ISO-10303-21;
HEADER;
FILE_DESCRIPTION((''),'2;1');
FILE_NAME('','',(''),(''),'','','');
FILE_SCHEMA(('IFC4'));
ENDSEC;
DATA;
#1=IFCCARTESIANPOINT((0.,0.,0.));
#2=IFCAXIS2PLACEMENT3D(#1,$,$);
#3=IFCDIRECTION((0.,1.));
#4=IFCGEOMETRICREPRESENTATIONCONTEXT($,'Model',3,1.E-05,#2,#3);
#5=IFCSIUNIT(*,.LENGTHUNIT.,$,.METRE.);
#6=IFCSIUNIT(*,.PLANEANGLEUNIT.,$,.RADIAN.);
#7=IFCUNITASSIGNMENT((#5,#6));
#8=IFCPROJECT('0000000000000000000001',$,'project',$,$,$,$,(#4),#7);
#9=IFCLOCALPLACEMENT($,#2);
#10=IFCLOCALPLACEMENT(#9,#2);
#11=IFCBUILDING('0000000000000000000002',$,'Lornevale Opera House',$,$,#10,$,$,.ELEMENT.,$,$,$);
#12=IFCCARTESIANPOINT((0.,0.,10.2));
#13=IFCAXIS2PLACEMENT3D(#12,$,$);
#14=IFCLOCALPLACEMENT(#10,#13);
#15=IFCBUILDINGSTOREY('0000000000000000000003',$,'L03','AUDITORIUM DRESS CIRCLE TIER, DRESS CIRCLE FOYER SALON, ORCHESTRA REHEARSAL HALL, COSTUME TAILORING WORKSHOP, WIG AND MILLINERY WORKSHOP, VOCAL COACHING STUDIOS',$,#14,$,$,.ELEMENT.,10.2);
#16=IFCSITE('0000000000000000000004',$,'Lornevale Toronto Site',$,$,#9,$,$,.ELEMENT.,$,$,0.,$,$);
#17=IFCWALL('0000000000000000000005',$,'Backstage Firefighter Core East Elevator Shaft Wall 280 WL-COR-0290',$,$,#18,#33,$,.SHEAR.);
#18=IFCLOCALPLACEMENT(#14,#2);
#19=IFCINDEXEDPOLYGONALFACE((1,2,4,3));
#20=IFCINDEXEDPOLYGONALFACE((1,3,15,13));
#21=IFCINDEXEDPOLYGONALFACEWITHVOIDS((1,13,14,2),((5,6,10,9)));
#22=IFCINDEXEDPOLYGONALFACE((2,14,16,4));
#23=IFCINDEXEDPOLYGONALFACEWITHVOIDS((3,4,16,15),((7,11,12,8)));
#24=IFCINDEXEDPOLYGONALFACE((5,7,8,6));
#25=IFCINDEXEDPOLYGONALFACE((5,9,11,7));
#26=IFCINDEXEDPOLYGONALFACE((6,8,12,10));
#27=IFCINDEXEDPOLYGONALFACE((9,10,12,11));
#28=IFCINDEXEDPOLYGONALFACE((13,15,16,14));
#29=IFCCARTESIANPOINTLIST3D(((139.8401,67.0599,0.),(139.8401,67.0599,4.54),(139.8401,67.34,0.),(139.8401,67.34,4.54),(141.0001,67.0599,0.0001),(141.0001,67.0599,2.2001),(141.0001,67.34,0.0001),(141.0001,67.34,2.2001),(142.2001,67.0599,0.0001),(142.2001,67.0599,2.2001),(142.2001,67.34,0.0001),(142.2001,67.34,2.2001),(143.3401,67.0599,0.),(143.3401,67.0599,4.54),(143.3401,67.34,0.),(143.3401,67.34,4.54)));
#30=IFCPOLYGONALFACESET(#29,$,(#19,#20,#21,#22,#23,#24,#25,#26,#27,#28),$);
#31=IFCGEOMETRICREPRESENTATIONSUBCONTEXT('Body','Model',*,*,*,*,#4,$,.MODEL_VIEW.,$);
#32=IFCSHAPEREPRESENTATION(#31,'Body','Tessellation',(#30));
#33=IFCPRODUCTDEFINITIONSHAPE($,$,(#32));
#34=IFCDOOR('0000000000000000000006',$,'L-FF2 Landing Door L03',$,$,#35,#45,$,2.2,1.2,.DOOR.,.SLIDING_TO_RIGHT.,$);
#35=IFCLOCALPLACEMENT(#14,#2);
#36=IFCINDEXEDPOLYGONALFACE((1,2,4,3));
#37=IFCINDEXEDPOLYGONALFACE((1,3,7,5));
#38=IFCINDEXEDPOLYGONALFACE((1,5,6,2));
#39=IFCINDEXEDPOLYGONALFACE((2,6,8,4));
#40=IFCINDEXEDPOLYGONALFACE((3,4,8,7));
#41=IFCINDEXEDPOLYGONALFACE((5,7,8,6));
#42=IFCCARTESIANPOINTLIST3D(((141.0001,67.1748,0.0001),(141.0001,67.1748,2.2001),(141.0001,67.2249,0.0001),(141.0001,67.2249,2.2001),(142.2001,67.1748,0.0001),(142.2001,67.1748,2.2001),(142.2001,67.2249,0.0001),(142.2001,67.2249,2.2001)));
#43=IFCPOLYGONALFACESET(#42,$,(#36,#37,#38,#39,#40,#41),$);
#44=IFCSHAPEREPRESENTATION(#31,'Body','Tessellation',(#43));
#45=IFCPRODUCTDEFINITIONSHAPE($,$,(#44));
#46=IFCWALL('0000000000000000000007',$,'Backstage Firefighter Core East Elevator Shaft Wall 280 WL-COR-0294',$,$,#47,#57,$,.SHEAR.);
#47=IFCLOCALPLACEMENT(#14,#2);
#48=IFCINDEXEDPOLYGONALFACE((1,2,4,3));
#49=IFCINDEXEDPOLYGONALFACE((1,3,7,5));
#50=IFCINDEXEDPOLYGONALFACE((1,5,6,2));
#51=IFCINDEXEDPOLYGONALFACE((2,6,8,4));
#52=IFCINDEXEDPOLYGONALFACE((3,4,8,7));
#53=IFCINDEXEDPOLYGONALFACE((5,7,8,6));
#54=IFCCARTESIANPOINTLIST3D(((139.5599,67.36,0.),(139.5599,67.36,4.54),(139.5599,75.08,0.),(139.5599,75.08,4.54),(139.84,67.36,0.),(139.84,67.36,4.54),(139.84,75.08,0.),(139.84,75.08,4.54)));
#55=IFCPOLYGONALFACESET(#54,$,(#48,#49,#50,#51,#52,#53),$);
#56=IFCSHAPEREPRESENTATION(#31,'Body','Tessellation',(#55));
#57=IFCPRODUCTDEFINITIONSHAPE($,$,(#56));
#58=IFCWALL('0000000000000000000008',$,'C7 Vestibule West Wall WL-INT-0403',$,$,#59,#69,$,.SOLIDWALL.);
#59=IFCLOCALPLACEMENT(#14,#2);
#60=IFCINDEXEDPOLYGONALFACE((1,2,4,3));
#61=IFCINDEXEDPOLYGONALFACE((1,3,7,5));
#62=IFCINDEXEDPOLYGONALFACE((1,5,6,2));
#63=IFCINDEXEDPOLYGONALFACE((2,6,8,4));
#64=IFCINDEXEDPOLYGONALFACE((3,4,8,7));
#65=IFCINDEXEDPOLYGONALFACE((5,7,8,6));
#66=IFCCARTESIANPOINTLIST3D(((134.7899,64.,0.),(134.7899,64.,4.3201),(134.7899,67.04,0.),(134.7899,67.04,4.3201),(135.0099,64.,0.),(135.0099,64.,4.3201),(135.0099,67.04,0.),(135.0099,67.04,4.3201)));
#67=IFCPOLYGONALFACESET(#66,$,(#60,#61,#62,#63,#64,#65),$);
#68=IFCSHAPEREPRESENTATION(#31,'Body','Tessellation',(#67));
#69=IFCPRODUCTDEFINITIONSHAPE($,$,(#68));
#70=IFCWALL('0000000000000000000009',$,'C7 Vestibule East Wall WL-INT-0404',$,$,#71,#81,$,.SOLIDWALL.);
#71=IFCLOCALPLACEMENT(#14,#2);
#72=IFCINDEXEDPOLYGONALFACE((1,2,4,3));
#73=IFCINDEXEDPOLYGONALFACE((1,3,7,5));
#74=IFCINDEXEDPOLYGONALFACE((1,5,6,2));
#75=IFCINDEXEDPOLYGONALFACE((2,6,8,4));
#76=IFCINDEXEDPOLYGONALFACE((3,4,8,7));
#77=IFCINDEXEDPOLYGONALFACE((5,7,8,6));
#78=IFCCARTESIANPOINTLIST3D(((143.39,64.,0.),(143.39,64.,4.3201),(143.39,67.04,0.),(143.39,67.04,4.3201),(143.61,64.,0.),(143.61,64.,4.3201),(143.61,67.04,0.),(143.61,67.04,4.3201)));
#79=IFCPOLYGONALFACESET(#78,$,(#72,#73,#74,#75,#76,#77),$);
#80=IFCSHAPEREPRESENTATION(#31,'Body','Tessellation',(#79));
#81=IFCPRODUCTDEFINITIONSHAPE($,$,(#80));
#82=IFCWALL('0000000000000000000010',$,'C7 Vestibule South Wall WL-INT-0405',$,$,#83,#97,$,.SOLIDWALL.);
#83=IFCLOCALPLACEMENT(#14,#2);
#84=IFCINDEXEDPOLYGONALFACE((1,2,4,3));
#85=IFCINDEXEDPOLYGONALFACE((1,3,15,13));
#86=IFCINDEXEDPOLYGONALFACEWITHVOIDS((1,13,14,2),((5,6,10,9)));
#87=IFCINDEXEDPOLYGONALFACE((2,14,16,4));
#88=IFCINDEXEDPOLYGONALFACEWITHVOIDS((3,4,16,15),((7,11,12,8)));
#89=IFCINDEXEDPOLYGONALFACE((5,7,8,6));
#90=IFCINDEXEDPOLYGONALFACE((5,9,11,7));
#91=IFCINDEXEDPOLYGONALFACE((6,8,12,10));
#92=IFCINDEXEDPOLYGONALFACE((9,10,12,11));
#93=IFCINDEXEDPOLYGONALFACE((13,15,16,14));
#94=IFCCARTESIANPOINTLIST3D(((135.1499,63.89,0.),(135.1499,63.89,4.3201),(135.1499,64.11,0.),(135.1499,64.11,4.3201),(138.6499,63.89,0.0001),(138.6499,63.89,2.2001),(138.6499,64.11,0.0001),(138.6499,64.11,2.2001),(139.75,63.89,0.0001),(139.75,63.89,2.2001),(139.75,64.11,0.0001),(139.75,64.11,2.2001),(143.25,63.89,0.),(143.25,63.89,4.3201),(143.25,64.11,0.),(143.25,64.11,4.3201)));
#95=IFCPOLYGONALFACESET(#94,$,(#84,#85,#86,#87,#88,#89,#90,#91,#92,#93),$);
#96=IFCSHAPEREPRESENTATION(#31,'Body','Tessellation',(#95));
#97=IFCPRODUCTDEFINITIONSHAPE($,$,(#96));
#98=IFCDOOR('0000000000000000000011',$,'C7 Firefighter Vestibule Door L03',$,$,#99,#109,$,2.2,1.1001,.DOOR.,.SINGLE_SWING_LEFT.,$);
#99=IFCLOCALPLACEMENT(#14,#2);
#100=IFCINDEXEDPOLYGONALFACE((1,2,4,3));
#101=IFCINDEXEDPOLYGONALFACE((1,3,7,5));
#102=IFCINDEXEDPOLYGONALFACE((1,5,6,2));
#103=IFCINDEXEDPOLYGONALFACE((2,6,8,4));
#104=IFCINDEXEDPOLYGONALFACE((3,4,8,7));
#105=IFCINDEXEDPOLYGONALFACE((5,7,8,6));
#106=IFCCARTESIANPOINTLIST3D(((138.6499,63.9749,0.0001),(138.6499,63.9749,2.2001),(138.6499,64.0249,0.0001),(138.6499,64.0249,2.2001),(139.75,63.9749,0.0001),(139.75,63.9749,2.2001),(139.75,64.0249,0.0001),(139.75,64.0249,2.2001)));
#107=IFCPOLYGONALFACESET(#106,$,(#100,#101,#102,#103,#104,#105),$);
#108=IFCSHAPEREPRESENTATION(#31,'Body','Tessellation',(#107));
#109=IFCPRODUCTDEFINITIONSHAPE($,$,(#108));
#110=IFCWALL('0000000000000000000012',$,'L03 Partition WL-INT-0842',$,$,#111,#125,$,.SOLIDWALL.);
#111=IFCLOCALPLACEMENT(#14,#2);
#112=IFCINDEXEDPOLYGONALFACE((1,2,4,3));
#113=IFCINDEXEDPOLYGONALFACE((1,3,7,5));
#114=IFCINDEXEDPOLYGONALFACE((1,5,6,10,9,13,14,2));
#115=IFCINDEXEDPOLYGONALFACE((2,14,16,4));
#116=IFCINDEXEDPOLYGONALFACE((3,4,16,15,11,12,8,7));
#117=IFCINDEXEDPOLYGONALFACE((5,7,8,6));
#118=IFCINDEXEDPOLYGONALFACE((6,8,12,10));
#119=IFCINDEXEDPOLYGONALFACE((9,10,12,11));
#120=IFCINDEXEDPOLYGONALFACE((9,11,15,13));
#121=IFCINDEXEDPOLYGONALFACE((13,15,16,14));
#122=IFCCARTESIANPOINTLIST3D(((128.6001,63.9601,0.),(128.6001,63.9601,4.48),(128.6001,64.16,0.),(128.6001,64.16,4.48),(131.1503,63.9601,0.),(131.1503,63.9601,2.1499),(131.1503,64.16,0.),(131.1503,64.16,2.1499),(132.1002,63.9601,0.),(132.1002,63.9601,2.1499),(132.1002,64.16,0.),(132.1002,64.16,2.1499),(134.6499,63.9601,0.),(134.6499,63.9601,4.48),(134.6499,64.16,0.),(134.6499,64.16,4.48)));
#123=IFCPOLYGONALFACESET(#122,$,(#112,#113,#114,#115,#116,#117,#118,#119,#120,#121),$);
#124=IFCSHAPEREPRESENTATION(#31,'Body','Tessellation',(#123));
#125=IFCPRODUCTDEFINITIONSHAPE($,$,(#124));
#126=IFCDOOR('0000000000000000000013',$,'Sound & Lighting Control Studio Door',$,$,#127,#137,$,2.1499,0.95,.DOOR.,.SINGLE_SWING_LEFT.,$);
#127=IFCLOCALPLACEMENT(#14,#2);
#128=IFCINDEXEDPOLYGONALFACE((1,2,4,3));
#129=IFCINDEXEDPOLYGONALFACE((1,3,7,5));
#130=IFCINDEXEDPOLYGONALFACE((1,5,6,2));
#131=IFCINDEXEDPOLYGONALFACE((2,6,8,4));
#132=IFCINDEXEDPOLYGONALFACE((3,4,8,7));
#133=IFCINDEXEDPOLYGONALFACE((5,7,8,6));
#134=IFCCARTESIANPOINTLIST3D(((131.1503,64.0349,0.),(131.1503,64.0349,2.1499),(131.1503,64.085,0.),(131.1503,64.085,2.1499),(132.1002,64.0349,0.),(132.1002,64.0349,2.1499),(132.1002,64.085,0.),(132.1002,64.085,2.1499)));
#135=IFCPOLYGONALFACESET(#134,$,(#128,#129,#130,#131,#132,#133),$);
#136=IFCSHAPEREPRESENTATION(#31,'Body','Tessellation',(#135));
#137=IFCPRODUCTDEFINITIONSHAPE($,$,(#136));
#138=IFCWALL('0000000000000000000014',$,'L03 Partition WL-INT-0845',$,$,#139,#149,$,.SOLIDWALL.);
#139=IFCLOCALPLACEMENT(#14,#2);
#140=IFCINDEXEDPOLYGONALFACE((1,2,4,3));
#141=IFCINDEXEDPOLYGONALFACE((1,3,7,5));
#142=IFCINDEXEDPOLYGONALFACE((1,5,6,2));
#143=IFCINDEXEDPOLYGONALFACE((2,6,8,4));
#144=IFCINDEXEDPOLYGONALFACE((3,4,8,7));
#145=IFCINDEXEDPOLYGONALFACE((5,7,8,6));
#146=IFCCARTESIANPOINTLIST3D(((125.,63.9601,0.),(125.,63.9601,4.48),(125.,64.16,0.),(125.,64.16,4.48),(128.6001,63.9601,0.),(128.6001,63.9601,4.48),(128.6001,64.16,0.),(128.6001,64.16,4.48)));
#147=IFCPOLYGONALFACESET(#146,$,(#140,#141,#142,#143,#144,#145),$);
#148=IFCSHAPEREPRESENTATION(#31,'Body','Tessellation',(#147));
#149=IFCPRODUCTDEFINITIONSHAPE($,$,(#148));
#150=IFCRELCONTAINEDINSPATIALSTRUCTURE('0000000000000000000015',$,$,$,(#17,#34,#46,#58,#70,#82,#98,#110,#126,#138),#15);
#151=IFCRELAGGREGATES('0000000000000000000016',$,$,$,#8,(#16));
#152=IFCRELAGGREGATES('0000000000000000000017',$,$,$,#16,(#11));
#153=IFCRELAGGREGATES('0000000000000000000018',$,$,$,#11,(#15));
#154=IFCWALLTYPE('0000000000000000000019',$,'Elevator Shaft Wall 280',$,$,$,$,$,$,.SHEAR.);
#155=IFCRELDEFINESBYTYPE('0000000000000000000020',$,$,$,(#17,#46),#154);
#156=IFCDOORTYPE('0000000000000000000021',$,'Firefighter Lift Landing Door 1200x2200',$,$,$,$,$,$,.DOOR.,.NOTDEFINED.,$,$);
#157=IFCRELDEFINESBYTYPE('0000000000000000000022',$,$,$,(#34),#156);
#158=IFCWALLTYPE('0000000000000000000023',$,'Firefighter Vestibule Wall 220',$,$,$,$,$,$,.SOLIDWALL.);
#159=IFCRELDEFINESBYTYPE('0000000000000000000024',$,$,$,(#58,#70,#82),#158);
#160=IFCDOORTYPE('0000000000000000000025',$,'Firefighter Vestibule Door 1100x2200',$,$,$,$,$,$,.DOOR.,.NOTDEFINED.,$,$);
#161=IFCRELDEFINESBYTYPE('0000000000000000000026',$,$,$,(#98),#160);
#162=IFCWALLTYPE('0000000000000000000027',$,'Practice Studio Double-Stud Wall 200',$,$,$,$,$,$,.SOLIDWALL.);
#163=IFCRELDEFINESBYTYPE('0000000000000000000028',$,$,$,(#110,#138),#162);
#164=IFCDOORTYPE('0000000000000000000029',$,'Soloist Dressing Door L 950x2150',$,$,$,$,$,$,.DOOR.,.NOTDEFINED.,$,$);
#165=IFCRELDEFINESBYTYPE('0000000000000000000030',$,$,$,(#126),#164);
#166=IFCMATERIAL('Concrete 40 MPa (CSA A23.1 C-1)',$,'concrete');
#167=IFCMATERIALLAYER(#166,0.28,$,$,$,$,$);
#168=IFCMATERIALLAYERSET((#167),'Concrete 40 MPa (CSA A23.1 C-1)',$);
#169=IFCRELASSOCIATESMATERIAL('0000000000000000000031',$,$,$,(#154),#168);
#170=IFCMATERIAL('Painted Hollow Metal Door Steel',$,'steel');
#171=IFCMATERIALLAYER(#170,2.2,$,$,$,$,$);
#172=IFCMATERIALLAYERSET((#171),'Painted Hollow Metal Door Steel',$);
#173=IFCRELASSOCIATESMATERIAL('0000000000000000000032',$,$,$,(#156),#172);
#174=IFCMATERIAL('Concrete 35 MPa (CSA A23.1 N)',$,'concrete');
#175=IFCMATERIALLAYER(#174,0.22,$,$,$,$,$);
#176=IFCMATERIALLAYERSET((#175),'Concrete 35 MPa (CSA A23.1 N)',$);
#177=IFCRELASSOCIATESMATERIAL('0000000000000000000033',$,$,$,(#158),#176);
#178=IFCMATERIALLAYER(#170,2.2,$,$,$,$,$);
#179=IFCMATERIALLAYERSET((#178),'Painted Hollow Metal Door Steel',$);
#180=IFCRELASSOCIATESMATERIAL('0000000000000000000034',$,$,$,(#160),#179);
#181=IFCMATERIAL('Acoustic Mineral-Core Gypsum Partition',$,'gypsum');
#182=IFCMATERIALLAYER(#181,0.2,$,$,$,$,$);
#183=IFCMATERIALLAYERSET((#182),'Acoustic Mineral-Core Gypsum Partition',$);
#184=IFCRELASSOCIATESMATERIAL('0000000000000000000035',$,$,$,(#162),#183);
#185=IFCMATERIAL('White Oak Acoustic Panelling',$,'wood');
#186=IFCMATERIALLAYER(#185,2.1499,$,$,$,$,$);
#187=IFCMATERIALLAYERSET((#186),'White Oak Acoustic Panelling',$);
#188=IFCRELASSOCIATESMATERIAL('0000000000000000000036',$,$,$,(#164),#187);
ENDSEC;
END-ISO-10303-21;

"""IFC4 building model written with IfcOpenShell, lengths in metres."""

from ifc_helpers import new_model, si_unit, direction, frame, frame_2d, origin, place, context, subcontext, project, spatial, rectangle, extrude, material, layer, layer_set, type_object, element, fill, save


model = new_model("IFC4")

# Units and contexts
model_context = context("Model", 3, precision=1e-05, world=origin(), true_north=direction((0.0, 1.0)))
body_context = subcontext(model_context, "Body", "Model", "MODEL_VIEW")
ifc_project = project(units=[si_unit("LENGTHUNIT", "METRE"), si_unit("PLANEANGLEUNIT", "RADIAN")], contexts=[model_context])

# Site, building, storey
site_placement = place(None, origin())
site = spatial("IfcSite", under=ifc_project, at=site_placement, Name="Lornevale Toronto Site", CompositionType="ELEMENT", RefElevation=0.0)
building_placement = place(site_placement, origin())
building = spatial("IfcBuilding", under=site, at=building_placement, Name="Lornevale Opera House", CompositionType="ELEMENT")
storey_placement = place(building_placement, frame((0.0, 0.0, 10.2)))
storey = spatial("IfcBuildingStorey", under=building, at=storey_placement, Name="L03", Description="AUDITORIUM DRESS CIRCLE TIER, DRESS CIRCLE FOYER SALON, ORCHESTRA REHEARSAL HALL, COSTUME TAILORING WORKSHOP, WIG AND MILLINERY WORKSHOP, VOCAL COACHING STUDIOS", CompositionType="ELEMENT", Elevation=10.2)

# Shared definitions
ifc_material_1 = material(Name="Concrete 40 MPa (CSA A23.1 C-1)", Category="concrete")

# Shared definitions
ifc_material_2 = material(Name="Concrete 35 MPa (CSA A23.1 N)", Category="concrete")

# Shared definitions
ifc_material_3 = material(Name="Painted Hollow Metal Door Steel", Category="steel")

# Shared definitions
ifc_material_4 = material(Name="Acoustic Mineral-Core Gypsum Partition", Category="gypsum")

# Wall, opening, door
ifc_layer_1 = layer(ifc_material_1, 0.28)
ifc_layer_set_1 = layer_set([ifc_layer_1], Name="Concrete 40 MPa (CSA A23.1 C-1)")
wall_type_1 = type_object("IfcWallType", Name="Elevator Shaft Wall 280", PredefinedType="SHEAR", material=ifc_layer_set_1)
wall_1_placement = place(storey_placement, frame((139.8401, 67.2, 0.0), z_axis=(0.0, 0.0, 1.0), x_axis=(1.0, 0.0, 0.0)))
wall_1 = element("IfcWall", 1, at=wall_1_placement, inside=storey, type_object=wall_type_1, Name="Backstage Firefighter Core East Elevator Shaft Wall 280 WL-COR-0290", PredefinedType="SHEAR", context=body_context, shape_type="SweptSolid", body=[
    extrude(rectangle(XDim=3.5, YDim=0.28, at=frame_2d((1.75, 0.0))), origin(), (0.0, 0.0, 1.0), 4.54),
])
opening_1_placement = place(wall_1_placement, frame((1.1599, 0.0, 0.0)))
opening_1 = element("IfcOpeningElement", 2, at=opening_1_placement, cuts=wall_1, PredefinedType="OPENING", context=body_context, shape_type="SweptSolid", body=[
    extrude(rectangle(XDim=1.2, YDim=2.2, at=frame_2d((0.6001, 1.1001))), frame((0.0, 0.1499, 0.0), z_axis=(0.0, -1.0, 0.0), x_axis=(1.0, 0.0, 0.0)), (0.0, 0.0, 1.0), 0.3),
])
ifc_layer_2 = layer(ifc_material_3, 2.2)
ifc_layer_set_2 = layer_set([ifc_layer_2], Name="Painted Hollow Metal Door Steel")
door_type_1 = type_object("IfcDoorType", Name="Firefighter Lift Landing Door 1200x2200", OperationType="NOTDEFINED", PredefinedType="DOOR", material=ifc_layer_set_2)
door_1_placement = place(opening_1_placement, origin())
door_1 = element("IfcDoor", 3, at=door_1_placement, inside=storey, type_object=door_type_1, Name="L-FF2 Landing Door L03", OperationType="SLIDING_TO_RIGHT", OverallHeight=2.2, OverallWidth=1.2, PredefinedType="DOOR", context=body_context, shape_type="SweptSolid", body=[
    extrude(rectangle(XDim=1.2, YDim=2.2, at=frame_2d((0.6001, 1.1001))), frame((0.0, 0.0249, 0.0), z_axis=(0.0, -1.0, 0.0), x_axis=(1.0, 0.0, 0.0)), (0.0, 0.0, 1.0), 0.05),
])
fill(opening_1, door_1)

# Walls
wall_2_placement = place(storey_placement, frame((139.7, 67.3601, 0.0), z_axis=(0.0, 0.0, 1.0), x_axis=(0.0, 1.0, 0.0)))
element("IfcWall", 4, at=wall_2_placement, inside=storey, type_object=wall_type_1, Name="Backstage Firefighter Core East Elevator Shaft Wall 280 WL-COR-0294", PredefinedType="SHEAR", context=body_context, shape_type="SweptSolid", body=[
    extrude(rectangle(XDim=7.72, YDim=0.28, at=frame_2d((3.8599, 0.0))), origin(), (0.0, 0.0, 1.0), 4.54),
])
ifc_layer_3 = layer(ifc_material_2, 0.22)
ifc_layer_set_3 = layer_set([ifc_layer_3], Name="Concrete 35 MPa (CSA A23.1 N)")
wall_type_2 = type_object("IfcWallType", Name="Firefighter Vestibule Wall 220", PredefinedType="SOLIDWALL", material=ifc_layer_set_3)
for number, where, z_axis, x_axis, name in (
    (5, (134.8999, 64.0, 0.0), (0.0, 0.0, 1.0), (0.0, 1.0, 0.0), "C7 Vestibule West Wall WL-INT-0403"),
    (6, (143.5, 64.0, 0.0), (0.0, 0.0, 1.0), (0.0, 1.0, 0.0), "C7 Vestibule East Wall WL-INT-0404"),
):
    element("IfcWall", number, at=place(storey_placement, frame(where, z_axis=z_axis, x_axis=x_axis)), inside=storey, type_object=wall_type_2, Name=name, PredefinedType="SOLIDWALL", context=body_context, shape_type="SweptSolid", body=[
        extrude(rectangle(XDim=3.04, YDim=0.22, at=frame_2d((1.52, 0.0))), origin(), (0.0, 0.0, 1.0), 4.3201),
    ])

# Walls, openings, doors
wall_3_placement = place(storey_placement, frame((135.1499, 64.0, 0.0), z_axis=(0.0, 0.0, 1.0), x_axis=(1.0, 0.0, 0.0)))
wall_3 = element("IfcWall", 7, at=wall_3_placement, inside=storey, type_object=wall_type_2, Name="C7 Vestibule South Wall WL-INT-0405", PredefinedType="SOLIDWALL", context=body_context, shape_type="SweptSolid", body=[
    extrude(rectangle(XDim=8.1001, YDim=0.22, at=frame_2d((4.05, 0.0))), origin(), (0.0, 0.0, 1.0), 4.3201),
])
opening_2_placement = place(wall_3_placement, frame((3.5, 0.0, 0.0)))
opening_2 = element("IfcOpeningElement", 8, at=opening_2_placement, cuts=wall_3, PredefinedType="OPENING", context=body_context, shape_type="SweptSolid", body=[
    extrude(rectangle(XDim=1.1001, YDim=2.2, at=frame_2d((0.55, 1.1001))), frame((0.0, 0.1199, 0.0), z_axis=(0.0, -1.0, 0.0), x_axis=(1.0, 0.0, 0.0)), (0.0, 0.0, 1.0), 0.24),
])
ifc_layer_4 = layer(ifc_material_3, 2.2)
ifc_layer_set_4 = layer_set([ifc_layer_4], Name="Painted Hollow Metal Door Steel")
door_type_2 = type_object("IfcDoorType", Name="Firefighter Vestibule Door 1100x2200", OperationType="NOTDEFINED", PredefinedType="DOOR", material=ifc_layer_set_4)
door_2_placement = place(opening_2_placement, origin())
door_2 = element("IfcDoor", 9, at=door_2_placement, inside=storey, type_object=door_type_2, Name="C7 Firefighter Vestibule Door L03", OperationType="SINGLE_SWING_LEFT", OverallHeight=2.2, OverallWidth=1.1001, PredefinedType="DOOR", context=body_context, shape_type="SweptSolid", body=[
    extrude(rectangle(XDim=1.1001, YDim=2.2, at=frame_2d((0.55, 1.1001))), frame((0.0, 0.0249, 0.0), z_axis=(0.0, -1.0, 0.0), x_axis=(1.0, 0.0, 0.0)), (0.0, 0.0, 1.0), 0.05),
])
fill(opening_2, door_2)
ifc_layer_5 = layer(ifc_material_4, 0.2)
ifc_layer_set_5 = layer_set([ifc_layer_5], Name="Acoustic Mineral-Core Gypsum Partition")
wall_type_3 = type_object("IfcWallType", Name="Practice Studio Double-Stud Wall 200", PredefinedType="SOLIDWALL", material=ifc_layer_set_5)
wall_4_placement = place(storey_placement, frame((128.6001, 64.0601, 0.0), z_axis=(0.0, 0.0, 1.0), x_axis=(1.0, 0.0, 0.0)))
wall_4 = element("IfcWall", 10, at=wall_4_placement, inside=storey, type_object=wall_type_3, Name="L03 Partition WL-INT-0842", PredefinedType="SOLIDWALL", context=body_context, shape_type="SweptSolid", body=[
    extrude(rectangle(XDim=6.0498, YDim=0.2, at=frame_2d((3.0249, 0.0))), origin(), (0.0, 0.0, 1.0), 4.48),
])
opening_3_placement = place(wall_4_placement, frame((2.55, 0.0, 0.0)))
opening_3 = element("IfcOpeningElement", 11, at=opening_3_placement, cuts=wall_4, PredefinedType="OPENING", context=body_context, shape_type="SweptSolid", body=[
    extrude(rectangle(XDim=0.95, YDim=2.1499, at=frame_2d((0.4751, 1.075))), frame((0.0, 0.1099, 0.0), z_axis=(0.0, -1.0, 0.0), x_axis=(1.0, 0.0, 0.0)), (0.0, 0.0, 1.0), 0.22),
])
ifc_material_5 = material(Name="White Oak Acoustic Panelling", Category="wood")
ifc_layer_6 = layer(ifc_material_5, 2.1499)
ifc_layer_set_6 = layer_set([ifc_layer_6], Name="White Oak Acoustic Panelling")
door_type_3 = type_object("IfcDoorType", Name="Soloist Dressing Door L 950x2150", OperationType="NOTDEFINED", PredefinedType="DOOR", material=ifc_layer_set_6)
door_3_placement = place(opening_3_placement, origin())
door_3 = element("IfcDoor", 12, at=door_3_placement, inside=storey, type_object=door_type_3, Name="Sound & Lighting Control Studio Door", OperationType="SINGLE_SWING_LEFT", OverallHeight=2.1499, OverallWidth=0.95, PredefinedType="DOOR", context=body_context, shape_type="SweptSolid", body=[
    extrude(rectangle(XDim=0.95, YDim=2.1499, at=frame_2d((0.4751, 1.075))), frame((0.0, 0.0249, 0.0), z_axis=(0.0, -1.0, 0.0), x_axis=(1.0, 0.0, 0.0)), (0.0, 0.0, 1.0), 0.05),
])
fill(opening_3, door_3)

# Wall
wall_5_placement = place(storey_placement, frame((125.0, 64.0601, 0.0), z_axis=(0.0, 0.0, 1.0), x_axis=(1.0, 0.0, 0.0)))
element("IfcWall", 13, at=wall_5_placement, inside=storey, type_object=wall_type_3, Name="L03 Partition WL-INT-0845", PredefinedType="SOLIDWALL", context=body_context, shape_type="SweptSolid", body=[
    extrude(rectangle(XDim=3.6001, YDim=0.2, at=frame_2d((1.8, 0.0))), origin(), (0.0, 0.0, 1.0), 4.48),
])

save(model, "model.ifc")
